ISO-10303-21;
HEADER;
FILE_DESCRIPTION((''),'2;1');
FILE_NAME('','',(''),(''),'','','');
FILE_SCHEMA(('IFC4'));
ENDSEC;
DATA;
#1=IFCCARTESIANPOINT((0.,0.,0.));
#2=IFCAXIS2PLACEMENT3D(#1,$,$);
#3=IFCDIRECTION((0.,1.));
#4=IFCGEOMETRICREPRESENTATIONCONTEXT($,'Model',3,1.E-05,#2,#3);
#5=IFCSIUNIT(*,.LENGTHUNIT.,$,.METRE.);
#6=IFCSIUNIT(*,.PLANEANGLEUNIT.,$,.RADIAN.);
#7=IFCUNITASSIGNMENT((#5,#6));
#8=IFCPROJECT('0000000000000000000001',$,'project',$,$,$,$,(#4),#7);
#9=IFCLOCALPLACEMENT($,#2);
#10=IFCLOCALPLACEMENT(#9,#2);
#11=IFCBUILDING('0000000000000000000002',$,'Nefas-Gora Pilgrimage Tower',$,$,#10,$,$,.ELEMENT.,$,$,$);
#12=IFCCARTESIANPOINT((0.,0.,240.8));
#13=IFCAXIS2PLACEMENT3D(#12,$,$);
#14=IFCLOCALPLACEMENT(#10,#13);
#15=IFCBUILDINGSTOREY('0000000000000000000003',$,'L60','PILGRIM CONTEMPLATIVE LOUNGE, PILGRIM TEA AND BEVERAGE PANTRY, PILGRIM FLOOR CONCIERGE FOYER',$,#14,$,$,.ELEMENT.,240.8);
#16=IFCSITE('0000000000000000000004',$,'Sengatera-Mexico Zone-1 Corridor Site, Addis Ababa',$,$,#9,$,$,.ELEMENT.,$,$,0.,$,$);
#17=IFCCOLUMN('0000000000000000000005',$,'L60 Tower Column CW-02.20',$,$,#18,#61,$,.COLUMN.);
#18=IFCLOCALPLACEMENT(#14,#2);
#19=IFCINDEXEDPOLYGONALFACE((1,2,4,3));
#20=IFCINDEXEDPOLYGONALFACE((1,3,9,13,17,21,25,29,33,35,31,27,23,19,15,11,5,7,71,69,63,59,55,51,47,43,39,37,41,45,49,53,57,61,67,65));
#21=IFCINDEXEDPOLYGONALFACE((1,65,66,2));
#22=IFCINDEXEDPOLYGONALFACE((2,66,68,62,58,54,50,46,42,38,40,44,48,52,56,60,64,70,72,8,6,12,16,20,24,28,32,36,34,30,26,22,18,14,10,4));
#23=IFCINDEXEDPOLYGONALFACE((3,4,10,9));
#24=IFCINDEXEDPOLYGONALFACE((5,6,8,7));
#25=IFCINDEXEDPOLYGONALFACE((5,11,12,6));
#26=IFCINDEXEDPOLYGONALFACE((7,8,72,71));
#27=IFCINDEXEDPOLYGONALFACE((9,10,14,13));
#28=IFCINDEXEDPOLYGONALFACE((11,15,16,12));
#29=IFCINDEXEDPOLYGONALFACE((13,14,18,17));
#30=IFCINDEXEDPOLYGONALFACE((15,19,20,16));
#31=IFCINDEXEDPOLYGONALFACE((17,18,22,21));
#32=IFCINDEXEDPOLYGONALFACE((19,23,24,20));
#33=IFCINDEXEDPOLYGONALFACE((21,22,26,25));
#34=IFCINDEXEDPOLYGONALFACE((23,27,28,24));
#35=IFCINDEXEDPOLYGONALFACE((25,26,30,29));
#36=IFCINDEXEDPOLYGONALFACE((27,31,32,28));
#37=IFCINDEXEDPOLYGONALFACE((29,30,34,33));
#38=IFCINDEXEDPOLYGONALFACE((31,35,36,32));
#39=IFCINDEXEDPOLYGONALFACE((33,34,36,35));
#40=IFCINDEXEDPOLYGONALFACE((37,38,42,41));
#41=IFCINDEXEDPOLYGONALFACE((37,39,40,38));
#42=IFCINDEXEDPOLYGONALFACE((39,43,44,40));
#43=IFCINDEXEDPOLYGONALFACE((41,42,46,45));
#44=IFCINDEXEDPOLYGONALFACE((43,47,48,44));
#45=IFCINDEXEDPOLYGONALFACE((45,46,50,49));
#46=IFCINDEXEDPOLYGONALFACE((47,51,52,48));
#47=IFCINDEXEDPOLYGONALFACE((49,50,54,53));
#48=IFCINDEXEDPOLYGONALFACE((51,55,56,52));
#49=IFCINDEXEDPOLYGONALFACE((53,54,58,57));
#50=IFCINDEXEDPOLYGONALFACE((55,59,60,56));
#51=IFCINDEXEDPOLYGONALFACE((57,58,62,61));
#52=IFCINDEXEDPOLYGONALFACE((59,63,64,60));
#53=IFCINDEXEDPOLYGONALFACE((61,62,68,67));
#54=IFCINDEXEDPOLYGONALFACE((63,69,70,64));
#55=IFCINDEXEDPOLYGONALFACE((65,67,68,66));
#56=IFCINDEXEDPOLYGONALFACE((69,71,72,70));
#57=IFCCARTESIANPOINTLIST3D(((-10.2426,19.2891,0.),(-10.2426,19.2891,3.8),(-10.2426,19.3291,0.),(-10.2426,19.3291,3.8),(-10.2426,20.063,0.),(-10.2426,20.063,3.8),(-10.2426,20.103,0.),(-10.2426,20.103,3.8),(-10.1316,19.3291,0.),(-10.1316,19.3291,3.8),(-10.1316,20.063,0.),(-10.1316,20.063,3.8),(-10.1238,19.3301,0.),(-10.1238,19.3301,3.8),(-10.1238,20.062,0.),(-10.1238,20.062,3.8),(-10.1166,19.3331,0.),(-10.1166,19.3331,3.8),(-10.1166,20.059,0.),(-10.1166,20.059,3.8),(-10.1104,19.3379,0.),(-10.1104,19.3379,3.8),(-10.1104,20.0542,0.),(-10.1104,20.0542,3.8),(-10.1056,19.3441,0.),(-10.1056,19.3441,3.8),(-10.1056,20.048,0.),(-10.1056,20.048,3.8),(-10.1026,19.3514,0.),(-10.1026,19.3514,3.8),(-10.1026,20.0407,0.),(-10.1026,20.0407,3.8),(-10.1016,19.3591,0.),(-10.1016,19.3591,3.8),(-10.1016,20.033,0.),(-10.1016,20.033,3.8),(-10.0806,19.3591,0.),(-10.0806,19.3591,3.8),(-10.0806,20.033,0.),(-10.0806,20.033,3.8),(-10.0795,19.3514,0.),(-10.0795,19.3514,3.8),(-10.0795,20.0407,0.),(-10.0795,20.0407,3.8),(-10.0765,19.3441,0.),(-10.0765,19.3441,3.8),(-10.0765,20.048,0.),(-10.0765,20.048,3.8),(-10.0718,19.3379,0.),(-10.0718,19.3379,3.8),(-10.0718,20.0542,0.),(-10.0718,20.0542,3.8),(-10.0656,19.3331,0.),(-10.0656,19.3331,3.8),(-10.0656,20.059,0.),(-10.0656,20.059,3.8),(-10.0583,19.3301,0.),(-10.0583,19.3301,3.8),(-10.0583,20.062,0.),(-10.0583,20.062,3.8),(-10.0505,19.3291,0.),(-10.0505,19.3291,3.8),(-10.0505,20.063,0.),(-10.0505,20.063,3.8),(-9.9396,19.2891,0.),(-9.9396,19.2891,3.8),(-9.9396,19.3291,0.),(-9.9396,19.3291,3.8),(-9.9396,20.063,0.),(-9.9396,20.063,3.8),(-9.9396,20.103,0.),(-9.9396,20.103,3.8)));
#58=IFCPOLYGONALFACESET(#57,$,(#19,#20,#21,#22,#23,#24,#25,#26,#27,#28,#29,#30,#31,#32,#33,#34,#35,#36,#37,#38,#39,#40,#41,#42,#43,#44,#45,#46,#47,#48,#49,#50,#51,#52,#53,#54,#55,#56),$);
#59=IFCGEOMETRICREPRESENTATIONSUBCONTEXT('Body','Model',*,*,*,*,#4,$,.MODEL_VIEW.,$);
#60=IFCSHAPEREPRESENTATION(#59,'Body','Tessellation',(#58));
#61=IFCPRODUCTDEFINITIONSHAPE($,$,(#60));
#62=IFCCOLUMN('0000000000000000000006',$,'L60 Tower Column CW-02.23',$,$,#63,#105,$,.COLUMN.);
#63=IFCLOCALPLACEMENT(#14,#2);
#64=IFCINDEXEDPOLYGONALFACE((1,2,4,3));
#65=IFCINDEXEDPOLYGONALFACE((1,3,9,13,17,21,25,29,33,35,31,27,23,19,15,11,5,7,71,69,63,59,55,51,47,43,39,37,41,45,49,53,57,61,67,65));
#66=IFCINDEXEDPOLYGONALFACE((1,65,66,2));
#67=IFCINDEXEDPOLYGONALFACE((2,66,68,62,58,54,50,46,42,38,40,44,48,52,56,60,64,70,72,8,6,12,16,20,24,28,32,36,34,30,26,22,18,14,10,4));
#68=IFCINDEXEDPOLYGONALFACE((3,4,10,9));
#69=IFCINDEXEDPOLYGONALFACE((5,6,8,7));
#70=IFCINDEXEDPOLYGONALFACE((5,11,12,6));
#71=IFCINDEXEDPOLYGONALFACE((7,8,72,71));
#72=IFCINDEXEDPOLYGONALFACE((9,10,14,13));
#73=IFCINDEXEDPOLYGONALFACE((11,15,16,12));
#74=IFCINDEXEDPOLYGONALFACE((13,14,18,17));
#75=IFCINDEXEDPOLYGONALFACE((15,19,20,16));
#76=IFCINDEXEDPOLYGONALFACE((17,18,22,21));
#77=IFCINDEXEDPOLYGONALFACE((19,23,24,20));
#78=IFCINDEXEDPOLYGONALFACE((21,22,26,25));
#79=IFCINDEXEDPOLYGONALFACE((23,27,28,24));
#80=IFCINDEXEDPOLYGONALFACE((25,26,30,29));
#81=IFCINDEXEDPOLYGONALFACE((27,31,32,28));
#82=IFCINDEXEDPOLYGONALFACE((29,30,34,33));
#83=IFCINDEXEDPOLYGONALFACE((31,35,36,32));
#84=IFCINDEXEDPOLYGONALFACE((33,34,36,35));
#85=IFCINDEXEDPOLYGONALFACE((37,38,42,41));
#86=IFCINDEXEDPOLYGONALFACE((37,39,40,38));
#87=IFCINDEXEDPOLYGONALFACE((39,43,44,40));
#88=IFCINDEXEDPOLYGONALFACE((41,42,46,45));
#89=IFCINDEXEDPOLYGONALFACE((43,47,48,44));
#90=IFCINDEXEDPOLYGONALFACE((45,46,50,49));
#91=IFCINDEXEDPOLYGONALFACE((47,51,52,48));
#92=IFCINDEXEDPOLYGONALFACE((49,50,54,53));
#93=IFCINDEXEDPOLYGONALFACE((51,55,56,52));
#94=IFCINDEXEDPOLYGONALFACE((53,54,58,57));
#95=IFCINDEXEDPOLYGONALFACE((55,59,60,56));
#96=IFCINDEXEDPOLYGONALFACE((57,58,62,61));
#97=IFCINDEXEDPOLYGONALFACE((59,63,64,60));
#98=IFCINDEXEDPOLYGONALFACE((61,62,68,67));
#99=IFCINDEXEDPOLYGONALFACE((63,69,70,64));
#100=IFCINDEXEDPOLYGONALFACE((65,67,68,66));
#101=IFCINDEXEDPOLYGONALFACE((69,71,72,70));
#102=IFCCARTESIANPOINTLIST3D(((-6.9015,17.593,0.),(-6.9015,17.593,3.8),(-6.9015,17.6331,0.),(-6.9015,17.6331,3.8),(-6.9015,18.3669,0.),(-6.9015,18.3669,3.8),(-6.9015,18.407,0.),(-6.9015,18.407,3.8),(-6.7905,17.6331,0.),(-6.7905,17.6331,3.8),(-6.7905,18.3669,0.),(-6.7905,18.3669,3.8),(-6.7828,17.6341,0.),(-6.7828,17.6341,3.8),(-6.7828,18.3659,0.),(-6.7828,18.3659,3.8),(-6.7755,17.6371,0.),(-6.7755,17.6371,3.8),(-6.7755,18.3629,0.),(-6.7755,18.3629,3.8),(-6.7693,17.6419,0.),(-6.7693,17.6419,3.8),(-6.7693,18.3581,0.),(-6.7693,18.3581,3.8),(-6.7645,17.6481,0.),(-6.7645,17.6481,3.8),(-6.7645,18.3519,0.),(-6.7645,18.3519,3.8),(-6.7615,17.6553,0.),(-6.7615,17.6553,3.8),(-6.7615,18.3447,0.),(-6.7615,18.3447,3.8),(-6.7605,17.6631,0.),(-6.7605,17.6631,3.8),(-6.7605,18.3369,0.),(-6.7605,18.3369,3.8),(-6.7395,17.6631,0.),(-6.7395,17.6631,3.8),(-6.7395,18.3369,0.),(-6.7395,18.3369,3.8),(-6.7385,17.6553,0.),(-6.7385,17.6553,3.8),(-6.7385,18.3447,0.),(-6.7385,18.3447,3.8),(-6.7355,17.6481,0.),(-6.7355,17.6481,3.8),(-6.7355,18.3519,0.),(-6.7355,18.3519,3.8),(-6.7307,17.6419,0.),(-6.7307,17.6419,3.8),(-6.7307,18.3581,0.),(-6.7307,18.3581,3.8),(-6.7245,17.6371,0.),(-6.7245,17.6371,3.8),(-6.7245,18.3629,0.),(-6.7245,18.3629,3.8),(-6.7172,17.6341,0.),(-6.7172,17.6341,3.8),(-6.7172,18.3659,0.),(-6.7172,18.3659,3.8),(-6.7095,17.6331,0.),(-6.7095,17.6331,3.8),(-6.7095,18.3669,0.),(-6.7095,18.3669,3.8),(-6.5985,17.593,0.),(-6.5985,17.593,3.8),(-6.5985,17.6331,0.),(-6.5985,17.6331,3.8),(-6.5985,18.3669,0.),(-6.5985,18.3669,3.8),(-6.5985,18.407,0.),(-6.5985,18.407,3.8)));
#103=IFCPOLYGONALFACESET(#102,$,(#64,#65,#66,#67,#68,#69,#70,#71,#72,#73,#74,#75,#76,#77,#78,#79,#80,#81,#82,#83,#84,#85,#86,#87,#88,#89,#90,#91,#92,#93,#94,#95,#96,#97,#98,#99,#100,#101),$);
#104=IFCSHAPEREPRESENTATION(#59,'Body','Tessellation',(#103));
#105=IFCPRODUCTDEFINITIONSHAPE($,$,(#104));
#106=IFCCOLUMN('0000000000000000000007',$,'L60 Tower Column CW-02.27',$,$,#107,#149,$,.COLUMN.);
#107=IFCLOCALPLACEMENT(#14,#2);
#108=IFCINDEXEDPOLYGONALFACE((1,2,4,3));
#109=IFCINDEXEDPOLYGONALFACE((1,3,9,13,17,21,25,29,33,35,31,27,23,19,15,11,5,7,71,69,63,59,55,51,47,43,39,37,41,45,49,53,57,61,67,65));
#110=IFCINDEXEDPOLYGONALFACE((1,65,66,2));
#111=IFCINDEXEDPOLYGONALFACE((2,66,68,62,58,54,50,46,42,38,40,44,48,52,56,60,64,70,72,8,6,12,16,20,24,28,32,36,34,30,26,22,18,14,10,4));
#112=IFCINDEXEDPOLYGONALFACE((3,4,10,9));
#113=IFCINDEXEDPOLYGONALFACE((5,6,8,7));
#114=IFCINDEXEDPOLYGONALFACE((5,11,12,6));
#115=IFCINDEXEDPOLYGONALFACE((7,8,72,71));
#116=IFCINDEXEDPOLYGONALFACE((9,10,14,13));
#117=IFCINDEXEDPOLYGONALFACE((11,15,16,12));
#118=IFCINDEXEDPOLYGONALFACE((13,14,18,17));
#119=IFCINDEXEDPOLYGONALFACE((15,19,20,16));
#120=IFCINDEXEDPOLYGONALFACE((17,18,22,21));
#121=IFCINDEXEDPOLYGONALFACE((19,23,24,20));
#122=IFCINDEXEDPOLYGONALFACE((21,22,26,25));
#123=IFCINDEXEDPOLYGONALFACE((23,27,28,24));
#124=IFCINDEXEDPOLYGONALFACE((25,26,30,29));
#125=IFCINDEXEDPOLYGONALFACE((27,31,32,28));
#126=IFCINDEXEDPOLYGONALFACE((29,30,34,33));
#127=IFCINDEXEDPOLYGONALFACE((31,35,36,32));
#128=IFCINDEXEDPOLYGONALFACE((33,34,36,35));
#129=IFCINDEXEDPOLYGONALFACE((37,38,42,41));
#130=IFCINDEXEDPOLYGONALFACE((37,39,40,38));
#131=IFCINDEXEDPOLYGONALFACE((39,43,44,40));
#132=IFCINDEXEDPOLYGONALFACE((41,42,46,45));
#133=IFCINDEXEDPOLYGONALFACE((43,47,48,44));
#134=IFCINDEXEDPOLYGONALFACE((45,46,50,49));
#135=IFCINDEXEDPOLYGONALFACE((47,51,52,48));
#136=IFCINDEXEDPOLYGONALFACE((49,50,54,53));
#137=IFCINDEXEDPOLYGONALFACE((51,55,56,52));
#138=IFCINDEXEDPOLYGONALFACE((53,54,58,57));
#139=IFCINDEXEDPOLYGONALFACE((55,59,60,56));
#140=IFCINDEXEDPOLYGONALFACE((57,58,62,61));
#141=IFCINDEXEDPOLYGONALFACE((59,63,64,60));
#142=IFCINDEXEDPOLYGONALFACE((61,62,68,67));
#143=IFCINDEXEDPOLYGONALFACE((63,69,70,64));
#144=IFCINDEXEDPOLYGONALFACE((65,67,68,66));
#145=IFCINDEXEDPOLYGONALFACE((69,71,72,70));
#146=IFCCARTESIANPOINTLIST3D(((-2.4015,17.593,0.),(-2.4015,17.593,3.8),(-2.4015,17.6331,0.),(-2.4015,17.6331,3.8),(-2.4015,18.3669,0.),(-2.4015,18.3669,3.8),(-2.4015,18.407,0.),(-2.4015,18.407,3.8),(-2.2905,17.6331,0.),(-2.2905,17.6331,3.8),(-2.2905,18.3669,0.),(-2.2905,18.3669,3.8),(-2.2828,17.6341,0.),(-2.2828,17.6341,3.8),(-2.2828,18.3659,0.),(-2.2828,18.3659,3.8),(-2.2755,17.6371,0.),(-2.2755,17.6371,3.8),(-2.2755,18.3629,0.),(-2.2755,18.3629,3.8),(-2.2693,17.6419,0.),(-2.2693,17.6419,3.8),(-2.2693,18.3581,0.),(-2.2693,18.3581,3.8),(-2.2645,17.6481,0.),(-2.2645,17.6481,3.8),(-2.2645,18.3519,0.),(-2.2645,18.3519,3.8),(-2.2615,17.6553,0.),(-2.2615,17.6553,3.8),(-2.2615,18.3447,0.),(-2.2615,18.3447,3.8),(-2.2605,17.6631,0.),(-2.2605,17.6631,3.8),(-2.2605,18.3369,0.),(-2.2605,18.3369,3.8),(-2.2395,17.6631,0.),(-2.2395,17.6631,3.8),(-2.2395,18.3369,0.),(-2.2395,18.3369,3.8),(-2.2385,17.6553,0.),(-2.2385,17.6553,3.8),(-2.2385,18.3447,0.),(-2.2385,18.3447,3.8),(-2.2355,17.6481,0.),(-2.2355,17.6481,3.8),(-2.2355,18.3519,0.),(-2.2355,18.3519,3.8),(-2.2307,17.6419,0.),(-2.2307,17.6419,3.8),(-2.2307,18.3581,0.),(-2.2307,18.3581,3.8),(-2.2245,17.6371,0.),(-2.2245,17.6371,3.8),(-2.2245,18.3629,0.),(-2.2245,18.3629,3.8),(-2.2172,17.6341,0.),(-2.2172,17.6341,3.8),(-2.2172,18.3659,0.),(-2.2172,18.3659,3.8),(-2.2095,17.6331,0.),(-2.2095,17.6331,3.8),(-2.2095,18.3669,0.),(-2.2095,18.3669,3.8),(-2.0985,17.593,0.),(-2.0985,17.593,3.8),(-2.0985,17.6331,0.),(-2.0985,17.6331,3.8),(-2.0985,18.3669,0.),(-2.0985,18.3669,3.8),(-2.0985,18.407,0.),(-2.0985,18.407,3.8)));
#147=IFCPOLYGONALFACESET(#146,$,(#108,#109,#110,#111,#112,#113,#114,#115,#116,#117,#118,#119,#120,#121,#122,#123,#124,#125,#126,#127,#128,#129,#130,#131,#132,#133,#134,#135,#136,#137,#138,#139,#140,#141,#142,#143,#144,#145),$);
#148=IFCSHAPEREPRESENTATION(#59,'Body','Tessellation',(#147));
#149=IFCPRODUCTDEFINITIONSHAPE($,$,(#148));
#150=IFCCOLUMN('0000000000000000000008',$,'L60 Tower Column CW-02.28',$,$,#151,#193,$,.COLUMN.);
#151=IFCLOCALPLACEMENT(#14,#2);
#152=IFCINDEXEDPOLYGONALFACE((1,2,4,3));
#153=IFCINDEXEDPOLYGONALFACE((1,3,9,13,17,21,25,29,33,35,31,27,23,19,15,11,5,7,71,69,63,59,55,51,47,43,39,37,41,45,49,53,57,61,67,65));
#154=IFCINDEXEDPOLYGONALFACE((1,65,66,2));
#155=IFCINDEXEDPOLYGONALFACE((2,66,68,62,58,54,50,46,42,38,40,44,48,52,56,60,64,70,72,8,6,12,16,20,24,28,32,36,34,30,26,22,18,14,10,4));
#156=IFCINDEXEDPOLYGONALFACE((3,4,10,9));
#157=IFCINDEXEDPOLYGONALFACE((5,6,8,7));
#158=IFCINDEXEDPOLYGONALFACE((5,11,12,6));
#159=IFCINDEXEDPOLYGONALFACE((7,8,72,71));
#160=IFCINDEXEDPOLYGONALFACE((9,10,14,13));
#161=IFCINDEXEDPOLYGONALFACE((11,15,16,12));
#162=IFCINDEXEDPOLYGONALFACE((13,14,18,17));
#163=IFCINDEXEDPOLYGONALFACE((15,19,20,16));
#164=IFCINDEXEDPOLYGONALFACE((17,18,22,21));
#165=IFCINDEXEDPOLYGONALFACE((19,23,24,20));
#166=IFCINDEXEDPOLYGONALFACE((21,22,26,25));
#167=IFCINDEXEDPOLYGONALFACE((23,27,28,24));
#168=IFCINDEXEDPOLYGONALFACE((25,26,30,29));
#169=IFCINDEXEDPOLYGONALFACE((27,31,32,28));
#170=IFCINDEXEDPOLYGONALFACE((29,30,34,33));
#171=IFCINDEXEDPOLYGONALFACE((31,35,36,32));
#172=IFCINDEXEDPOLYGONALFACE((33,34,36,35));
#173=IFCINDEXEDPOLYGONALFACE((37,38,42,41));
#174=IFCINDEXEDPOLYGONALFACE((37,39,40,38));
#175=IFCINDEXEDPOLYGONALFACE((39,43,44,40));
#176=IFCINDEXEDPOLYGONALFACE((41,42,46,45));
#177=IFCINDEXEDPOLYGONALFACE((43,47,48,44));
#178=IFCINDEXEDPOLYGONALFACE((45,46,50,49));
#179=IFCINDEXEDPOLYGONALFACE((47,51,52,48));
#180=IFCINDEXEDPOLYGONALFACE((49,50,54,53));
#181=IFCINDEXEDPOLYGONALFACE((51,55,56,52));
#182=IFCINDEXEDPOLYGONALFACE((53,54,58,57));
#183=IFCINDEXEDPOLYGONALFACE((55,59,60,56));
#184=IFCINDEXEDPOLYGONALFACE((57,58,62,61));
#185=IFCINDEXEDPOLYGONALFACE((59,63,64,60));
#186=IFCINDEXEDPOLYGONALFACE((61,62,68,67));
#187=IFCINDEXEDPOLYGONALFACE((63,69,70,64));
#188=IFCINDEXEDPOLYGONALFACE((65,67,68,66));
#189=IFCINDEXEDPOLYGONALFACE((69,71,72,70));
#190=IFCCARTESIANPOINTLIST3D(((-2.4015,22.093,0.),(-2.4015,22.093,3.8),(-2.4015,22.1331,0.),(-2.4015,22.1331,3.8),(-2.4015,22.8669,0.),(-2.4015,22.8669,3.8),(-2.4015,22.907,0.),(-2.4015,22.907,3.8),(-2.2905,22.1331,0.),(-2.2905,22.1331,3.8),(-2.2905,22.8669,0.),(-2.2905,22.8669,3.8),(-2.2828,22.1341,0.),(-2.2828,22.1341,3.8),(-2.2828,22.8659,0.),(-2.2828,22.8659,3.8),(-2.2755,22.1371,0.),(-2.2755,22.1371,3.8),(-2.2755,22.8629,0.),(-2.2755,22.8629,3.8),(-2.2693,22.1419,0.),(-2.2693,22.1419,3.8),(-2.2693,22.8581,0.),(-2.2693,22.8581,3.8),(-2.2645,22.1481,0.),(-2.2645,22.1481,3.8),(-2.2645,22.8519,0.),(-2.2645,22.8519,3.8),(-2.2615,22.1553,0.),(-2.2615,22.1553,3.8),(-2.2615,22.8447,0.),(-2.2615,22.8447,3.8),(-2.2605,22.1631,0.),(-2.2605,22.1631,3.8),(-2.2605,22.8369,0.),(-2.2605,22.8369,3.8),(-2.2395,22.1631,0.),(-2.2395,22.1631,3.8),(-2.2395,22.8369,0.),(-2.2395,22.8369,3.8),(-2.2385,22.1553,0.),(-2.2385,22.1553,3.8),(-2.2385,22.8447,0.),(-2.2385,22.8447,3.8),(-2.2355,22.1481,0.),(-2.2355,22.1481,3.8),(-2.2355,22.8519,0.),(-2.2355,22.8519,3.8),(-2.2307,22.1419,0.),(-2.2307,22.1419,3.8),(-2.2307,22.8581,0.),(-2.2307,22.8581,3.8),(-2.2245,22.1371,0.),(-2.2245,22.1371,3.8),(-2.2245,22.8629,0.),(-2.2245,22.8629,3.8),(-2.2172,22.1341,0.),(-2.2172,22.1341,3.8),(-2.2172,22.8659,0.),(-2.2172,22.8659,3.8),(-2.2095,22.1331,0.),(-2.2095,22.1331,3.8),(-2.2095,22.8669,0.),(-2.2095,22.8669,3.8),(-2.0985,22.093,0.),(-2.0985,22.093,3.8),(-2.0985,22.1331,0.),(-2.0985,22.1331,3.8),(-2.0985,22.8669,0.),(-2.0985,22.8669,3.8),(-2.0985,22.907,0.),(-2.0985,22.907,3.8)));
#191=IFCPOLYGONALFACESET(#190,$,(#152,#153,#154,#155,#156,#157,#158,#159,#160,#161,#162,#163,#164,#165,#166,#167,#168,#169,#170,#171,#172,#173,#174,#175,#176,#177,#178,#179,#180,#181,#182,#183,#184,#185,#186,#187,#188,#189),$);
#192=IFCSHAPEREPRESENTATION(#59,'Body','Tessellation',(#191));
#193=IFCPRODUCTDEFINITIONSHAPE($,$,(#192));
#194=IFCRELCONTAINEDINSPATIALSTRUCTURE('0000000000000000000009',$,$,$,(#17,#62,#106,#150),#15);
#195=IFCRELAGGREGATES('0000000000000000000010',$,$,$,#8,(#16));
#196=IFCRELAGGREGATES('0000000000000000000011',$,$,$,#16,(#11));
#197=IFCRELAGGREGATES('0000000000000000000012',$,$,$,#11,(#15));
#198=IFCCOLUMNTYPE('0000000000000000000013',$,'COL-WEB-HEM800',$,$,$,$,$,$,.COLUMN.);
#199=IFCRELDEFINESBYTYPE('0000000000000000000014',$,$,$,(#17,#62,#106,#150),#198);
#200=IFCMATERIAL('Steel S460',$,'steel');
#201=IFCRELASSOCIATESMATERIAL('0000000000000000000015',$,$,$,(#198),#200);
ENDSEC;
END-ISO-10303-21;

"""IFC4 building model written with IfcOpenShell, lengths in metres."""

from ifc_helpers import new_model, si_unit, direction, frame, origin, origin_2d, place, context, subcontext, project, spatial, i_section, extrude, source, transform, mapped, material, material_profile, profile_set, type_object, element, save


model = new_model("IFC4")

# Units and contexts
model_context = context("Model", 3, precision=1e-05, world=origin(), true_north=direction((0.0, 1.0)))
body_context = subcontext(model_context, "Body", "Model", "MODEL_VIEW")
ifc_project = project(units=[si_unit("LENGTHUNIT", "METRE"), si_unit("PLANEANGLEUNIT", "RADIAN")], contexts=[model_context])

# Site, building, storey
site_placement = place(None, origin())
site = spatial("IfcSite", under=ifc_project, at=site_placement, Name="Sengatera-Mexico Zone-1 Corridor Site, Addis Ababa", CompositionType="ELEMENT", RefElevation=0.0)
building_placement = place(site_placement, origin())
building = spatial("IfcBuilding", under=site, at=building_placement, Name="Nefas-Gora Pilgrimage Tower", CompositionType="ELEMENT")
storey_placement = place(building_placement, frame((0.0, 0.0, 240.8)))
storey = spatial("IfcBuildingStorey", under=building, at=storey_placement, Name="L60", Description="PILGRIM CONTEMPLATIVE LOUNGE, PILGRIM TEA AND BEVERAGE PANTRY, PILGRIM FLOOR CONCIERGE FOYER", CompositionType="ELEMENT", Elevation=240.8)

# Columns
ifc_material_1 = material(Name="Steel S460", Category="steel")
ifc_material_profile_1 = material_profile(ifc_material_1, i_section(OverallWidth=0.303, OverallDepth=0.814, WebThickness=0.021, FlangeThickness=0.04, FilletRadius=0.03, at=origin_2d()), Name="HEM 800")
ifc_profile_set_1 = profile_set([ifc_material_profile_1], Name="Steel S460")
column_type_1 = type_object("IfcColumnType", Name="COL-WEB-HEM800", PredefinedType="COLUMN", material=ifc_profile_set_1)
shared_shape_1 = source(origin(), body_context, "Body", "SweptSolid", [
    extrude(i_section(OverallWidth=0.303, OverallDepth=0.814, WebThickness=0.021, FlangeThickness=0.04, FilletRadius=0.03, at=origin_2d()), origin(), (0.0, 0.0, 1.0), 3.8),
])
for number, where, z_axis, x_axis, name in (
    (1, (-10.0911, 19.696, 0.0), (0.0, 0.0, 1.0), (1.0, 0.0, 0.0), "L60 Tower Column CW-02.20"),
    (2, (-6.75, 18.0, 0.0), (0.0, 0.0, 1.0), (1.0, 0.0, 0.0), "L60 Tower Column CW-02.23"),
    (3, (-2.25, 18.0, 0.0), (0.0, 0.0, 1.0), (1.0, 0.0, 0.0), "L60 Tower Column CW-02.27"),
    (4, (-2.25, 22.5, 0.0), (0.0, 0.0, 1.0), (1.0, 0.0, 0.0), "L60 Tower Column CW-02.28"),
):
    element("IfcColumn", number, at=place(storey_placement, frame(where, z_axis=z_axis, x_axis=x_axis)), inside=storey, type_object=column_type_1, Name=name, PredefinedType="COLUMN", context=body_context, shape_type="MappedRepresentation", body=[
        mapped(shared_shape_1, transform((0.0, 0.0, 0.0), x_axis=(1.0, 0.0, 0.0), y_axis=(0.0, 1.0, 0.0), z_axis=(0.0, 0.0, 1.0), scale=1.0)),
    ])

save(model, "model.ifc")
